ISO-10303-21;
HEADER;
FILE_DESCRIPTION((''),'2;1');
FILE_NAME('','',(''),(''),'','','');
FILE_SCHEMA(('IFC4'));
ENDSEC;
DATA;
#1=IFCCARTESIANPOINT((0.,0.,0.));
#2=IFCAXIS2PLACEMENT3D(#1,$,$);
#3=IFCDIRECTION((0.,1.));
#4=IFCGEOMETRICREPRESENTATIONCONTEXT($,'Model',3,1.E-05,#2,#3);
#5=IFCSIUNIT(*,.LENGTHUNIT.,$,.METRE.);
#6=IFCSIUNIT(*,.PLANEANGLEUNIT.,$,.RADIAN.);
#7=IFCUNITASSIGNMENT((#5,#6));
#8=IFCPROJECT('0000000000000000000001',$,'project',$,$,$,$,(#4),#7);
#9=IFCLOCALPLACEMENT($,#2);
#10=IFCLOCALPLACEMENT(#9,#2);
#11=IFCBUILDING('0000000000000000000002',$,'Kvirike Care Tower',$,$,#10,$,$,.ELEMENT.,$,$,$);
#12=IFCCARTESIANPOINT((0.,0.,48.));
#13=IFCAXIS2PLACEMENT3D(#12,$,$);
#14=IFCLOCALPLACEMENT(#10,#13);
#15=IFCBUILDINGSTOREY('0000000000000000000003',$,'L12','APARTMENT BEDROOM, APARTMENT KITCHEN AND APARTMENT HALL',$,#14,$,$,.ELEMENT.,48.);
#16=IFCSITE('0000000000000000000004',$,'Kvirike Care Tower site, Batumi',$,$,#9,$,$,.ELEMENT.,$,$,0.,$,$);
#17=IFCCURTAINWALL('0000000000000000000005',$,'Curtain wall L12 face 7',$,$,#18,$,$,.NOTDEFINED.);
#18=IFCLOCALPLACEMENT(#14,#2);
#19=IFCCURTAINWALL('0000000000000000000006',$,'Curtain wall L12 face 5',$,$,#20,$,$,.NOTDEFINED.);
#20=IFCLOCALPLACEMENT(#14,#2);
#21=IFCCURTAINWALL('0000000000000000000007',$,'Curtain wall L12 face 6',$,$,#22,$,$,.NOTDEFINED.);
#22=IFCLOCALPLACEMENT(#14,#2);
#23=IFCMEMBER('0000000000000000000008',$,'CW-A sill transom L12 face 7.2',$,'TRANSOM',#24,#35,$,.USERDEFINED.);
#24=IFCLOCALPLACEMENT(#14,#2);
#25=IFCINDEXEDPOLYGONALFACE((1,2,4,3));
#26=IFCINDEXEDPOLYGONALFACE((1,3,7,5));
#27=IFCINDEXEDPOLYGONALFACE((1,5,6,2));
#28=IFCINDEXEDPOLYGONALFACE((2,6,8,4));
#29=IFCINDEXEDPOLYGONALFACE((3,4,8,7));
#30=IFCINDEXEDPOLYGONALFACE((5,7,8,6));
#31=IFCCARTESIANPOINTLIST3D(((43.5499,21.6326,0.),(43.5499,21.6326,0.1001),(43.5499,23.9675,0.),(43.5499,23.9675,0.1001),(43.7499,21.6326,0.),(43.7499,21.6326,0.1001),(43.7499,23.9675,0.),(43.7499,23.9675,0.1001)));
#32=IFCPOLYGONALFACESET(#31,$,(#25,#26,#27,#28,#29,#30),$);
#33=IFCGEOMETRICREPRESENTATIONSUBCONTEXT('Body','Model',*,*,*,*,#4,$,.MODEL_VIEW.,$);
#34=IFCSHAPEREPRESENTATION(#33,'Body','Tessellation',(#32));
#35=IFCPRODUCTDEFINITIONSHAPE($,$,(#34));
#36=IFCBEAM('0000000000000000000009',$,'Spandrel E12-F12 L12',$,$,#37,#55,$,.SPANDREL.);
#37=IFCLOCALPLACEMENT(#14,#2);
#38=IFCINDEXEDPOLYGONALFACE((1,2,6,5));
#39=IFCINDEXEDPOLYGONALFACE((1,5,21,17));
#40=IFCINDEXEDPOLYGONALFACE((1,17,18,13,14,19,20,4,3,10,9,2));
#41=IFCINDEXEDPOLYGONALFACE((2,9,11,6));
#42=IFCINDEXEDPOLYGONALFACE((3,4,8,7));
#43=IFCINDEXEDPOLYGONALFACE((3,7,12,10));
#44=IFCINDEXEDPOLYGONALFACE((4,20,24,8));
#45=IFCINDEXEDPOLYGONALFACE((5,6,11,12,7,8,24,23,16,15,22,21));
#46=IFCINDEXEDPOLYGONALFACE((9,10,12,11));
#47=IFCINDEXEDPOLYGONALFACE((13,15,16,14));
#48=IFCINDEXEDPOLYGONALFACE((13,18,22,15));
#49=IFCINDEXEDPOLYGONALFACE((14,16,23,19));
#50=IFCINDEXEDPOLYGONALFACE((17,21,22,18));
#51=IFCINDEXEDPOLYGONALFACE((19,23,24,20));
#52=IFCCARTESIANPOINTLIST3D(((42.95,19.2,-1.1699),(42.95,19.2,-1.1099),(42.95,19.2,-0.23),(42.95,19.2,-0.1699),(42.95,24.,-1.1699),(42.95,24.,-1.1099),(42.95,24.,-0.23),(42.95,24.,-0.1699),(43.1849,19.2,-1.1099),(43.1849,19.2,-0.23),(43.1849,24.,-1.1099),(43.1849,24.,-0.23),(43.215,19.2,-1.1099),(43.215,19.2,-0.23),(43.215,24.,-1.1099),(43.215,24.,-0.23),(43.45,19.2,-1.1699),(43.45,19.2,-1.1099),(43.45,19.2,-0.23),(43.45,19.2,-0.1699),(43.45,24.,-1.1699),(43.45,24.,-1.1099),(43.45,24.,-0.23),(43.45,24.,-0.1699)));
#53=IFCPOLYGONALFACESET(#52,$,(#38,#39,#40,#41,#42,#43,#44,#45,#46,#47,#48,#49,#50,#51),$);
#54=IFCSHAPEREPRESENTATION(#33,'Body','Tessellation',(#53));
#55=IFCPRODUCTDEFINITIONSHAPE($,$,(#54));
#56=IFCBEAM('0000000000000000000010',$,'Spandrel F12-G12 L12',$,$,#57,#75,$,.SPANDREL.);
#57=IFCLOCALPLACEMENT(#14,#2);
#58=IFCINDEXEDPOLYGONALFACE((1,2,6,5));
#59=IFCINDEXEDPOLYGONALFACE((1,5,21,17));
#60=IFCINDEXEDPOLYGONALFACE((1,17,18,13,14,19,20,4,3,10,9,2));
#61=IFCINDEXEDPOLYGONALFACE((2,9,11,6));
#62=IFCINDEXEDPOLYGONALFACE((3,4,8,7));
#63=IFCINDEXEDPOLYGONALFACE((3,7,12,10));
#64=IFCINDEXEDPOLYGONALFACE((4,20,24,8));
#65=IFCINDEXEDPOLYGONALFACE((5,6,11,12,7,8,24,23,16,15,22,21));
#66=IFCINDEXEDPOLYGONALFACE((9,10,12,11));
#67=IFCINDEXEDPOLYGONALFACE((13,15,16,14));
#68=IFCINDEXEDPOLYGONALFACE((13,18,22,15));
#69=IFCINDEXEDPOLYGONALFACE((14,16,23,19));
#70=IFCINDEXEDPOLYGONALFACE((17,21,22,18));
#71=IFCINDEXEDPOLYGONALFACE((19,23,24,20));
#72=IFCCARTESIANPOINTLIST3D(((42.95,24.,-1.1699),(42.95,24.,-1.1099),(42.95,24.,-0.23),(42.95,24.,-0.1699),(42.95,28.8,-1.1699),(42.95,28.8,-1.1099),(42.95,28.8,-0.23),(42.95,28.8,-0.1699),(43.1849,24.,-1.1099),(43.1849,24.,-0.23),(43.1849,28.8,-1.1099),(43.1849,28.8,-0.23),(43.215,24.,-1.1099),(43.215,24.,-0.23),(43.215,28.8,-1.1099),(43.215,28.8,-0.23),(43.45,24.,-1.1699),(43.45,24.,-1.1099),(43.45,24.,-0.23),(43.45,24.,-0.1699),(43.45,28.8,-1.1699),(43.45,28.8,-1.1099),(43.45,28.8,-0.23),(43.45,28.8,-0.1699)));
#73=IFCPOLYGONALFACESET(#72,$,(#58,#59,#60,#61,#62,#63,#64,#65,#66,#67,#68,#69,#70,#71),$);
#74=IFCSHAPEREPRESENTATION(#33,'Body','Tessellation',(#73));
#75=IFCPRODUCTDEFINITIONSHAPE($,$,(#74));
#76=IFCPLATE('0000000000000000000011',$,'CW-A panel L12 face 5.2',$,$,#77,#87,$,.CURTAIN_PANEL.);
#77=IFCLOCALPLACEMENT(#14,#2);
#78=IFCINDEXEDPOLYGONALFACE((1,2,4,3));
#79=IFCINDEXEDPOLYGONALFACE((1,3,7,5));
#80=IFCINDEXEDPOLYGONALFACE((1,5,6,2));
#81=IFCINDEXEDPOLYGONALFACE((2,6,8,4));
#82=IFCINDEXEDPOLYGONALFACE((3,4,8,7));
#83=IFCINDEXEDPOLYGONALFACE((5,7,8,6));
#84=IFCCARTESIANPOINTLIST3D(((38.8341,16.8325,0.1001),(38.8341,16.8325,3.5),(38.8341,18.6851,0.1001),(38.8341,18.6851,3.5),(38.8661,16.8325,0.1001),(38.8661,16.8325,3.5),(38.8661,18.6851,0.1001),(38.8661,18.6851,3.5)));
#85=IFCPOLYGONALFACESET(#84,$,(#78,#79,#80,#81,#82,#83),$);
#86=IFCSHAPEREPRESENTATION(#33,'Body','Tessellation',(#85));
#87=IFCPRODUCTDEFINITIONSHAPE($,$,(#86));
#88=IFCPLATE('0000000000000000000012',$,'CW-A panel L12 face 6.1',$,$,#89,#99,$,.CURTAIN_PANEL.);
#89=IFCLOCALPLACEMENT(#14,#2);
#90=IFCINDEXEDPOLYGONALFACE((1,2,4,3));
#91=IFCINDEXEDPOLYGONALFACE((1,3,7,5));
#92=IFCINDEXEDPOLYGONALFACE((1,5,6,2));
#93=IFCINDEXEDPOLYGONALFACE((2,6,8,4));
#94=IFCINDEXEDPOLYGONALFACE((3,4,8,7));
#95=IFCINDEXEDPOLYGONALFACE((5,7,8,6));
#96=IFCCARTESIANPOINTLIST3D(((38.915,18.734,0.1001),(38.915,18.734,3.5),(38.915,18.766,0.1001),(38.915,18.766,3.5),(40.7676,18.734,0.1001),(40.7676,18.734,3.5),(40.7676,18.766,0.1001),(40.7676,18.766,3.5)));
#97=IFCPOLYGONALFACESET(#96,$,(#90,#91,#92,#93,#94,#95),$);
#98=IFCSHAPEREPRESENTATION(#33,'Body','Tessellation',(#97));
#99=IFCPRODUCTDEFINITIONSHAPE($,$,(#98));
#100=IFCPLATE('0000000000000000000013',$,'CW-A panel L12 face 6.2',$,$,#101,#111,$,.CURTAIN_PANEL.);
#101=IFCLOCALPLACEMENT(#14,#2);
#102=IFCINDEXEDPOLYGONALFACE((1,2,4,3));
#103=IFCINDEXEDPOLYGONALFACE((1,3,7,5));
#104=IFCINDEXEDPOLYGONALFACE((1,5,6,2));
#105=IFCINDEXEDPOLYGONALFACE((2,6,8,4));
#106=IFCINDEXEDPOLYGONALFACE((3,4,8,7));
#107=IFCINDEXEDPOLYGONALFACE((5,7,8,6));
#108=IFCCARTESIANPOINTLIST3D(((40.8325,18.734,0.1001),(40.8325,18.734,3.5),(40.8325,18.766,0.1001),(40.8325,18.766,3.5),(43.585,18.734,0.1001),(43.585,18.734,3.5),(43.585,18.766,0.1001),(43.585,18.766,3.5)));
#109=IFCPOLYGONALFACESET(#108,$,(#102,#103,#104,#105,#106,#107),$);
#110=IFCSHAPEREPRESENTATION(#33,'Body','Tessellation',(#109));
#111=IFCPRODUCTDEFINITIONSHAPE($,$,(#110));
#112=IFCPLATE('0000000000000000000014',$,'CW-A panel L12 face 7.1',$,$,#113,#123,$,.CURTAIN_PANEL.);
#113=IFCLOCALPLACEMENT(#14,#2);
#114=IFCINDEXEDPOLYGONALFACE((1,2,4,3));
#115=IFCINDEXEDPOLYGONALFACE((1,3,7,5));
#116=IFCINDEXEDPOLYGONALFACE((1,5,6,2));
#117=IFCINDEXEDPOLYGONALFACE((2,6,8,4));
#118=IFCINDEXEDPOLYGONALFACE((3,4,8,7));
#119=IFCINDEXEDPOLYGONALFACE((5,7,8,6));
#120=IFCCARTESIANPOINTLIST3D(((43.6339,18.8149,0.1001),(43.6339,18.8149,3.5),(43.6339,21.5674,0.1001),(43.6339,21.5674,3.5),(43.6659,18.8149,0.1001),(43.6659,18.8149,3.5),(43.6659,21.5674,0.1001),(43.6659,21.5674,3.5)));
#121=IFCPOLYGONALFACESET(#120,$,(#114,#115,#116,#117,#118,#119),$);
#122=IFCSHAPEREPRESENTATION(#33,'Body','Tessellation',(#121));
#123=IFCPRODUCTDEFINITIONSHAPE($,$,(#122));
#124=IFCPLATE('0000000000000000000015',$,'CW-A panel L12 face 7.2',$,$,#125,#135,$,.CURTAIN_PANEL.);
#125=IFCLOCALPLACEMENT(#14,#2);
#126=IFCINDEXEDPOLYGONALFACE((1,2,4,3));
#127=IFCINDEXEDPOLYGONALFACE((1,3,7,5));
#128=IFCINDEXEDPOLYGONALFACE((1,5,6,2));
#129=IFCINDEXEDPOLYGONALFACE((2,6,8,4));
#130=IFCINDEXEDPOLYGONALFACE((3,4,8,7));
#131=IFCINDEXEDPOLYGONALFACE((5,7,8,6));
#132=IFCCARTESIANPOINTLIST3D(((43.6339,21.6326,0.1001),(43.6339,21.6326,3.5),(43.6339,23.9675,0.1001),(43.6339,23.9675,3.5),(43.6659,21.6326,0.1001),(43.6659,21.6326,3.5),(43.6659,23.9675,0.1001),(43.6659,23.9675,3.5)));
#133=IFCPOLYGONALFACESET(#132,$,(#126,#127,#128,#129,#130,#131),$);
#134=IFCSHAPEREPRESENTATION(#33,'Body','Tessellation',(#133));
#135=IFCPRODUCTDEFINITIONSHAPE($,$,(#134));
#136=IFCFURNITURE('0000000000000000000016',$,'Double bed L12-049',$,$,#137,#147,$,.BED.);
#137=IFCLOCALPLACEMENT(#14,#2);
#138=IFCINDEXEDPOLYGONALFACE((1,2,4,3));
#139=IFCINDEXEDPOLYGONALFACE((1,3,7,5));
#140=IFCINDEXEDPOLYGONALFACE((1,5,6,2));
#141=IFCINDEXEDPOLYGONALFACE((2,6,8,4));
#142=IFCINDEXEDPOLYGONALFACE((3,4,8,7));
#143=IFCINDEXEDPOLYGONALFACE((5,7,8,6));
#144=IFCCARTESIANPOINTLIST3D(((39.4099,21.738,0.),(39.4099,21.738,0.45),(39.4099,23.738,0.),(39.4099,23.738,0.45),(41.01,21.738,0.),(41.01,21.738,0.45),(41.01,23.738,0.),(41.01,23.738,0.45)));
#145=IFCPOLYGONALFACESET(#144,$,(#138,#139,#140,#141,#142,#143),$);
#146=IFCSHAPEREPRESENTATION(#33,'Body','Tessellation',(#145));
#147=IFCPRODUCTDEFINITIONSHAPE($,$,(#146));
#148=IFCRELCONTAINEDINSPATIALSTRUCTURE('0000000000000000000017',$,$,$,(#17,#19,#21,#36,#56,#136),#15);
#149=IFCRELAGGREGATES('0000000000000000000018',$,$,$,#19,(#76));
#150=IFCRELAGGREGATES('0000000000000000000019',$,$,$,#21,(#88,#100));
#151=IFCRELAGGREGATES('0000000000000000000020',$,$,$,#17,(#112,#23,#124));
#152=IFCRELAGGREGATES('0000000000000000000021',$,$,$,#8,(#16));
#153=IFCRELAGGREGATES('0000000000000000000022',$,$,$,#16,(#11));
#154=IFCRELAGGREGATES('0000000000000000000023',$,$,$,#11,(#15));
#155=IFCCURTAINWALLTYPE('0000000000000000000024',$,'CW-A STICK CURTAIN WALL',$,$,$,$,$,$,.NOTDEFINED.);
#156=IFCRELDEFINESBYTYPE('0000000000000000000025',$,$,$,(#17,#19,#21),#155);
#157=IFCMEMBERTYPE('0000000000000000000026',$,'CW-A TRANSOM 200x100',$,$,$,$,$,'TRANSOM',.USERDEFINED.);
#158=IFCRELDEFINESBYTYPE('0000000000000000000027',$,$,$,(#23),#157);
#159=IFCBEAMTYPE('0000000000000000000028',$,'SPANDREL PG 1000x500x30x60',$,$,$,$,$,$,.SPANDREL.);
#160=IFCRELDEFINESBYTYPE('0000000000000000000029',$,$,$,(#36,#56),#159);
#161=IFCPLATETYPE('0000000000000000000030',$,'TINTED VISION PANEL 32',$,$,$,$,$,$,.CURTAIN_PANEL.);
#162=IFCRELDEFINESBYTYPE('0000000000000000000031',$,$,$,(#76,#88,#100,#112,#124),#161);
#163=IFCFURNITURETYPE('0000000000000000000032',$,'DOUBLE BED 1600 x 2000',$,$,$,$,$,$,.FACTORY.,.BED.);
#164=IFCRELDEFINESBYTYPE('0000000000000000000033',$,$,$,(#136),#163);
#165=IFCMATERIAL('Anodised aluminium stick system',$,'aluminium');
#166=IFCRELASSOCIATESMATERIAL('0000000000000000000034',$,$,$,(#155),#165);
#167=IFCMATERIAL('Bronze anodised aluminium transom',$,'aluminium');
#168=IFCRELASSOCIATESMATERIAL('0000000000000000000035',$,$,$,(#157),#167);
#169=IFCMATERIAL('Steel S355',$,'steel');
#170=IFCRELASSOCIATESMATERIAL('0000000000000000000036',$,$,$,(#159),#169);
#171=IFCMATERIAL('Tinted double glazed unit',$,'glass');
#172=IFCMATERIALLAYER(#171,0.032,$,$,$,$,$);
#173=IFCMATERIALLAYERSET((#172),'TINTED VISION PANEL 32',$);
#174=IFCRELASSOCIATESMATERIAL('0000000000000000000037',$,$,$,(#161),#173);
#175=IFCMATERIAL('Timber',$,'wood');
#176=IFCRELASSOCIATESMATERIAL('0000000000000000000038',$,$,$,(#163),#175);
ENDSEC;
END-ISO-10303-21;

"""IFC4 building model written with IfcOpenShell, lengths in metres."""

from ifc_helpers import new_model, si_unit, direction, frame, origin, origin_2d, place, context, subcontext, project, spatial, rectangle, i_section, extrude, material, layer, layer_set, material_profile, profile_set, type_object, element, aggregate, save


model = new_model("IFC4")

# Units and contexts
model_context = context("Model", 3, precision=1e-05, world=origin(), true_north=direction((0.0, 1.0)))
body_context = subcontext(model_context, "Body", "Model", "MODEL_VIEW")
ifc_project = project(units=[si_unit("LENGTHUNIT", "METRE"), si_unit("PLANEANGLEUNIT", "RADIAN")], contexts=[model_context])

# Site, building, storey
site_placement = place(None, origin())
site = spatial("IfcSite", under=ifc_project, at=site_placement, Name="Kvirike Care Tower site, Batumi", CompositionType="ELEMENT", RefElevation=0.0)
building_placement = place(site_placement, origin())
building = spatial("IfcBuilding", under=site, at=building_placement, Name="Kvirike Care Tower", CompositionType="ELEMENT")
storey_placement = place(building_placement, frame((0.0, 0.0, 48.0)))
storey = spatial("IfcBuildingStorey", under=building, at=storey_placement, Name="L12", Description="APARTMENT BEDROOM, APARTMENT KITCHEN AND APARTMENT HALL", CompositionType="ELEMENT", Elevation=48.0)

# Curtain walls
ifc_material_1 = material(Name="Anodised aluminium stick system", Category="aluminium")
curtain_wall_type = type_object("IfcCurtainWallType", Name="CW-A STICK CURTAIN WALL", PredefinedType="NOTDEFINED", material=ifc_material_1)
curtain_wall_1_placement = place(storey_placement, origin())
curtain_wall_1 = element("IfcCurtainWall", 1, at=curtain_wall_1_placement, inside=storey, type_object=curtain_wall_type, Name="Curtain wall L12 face 7", PredefinedType="NOTDEFINED")
curtain_wall_2_placement = place(storey_placement, origin())
curtain_wall_2 = element("IfcCurtainWall", 2, at=curtain_wall_2_placement, inside=storey, type_object=curtain_wall_type, Name="Curtain wall L12 face 5", PredefinedType="NOTDEFINED")

# Curtain wall
curtain_wall_3_placement = place(storey_placement, origin())
curtain_wall_3 = element("IfcCurtainWall", 3, at=curtain_wall_3_placement, inside=storey, type_object=curtain_wall_type, Name="Curtain wall L12 face 6", PredefinedType="NOTDEFINED")

# Member
ifc_material_2 = material(Name="Bronze anodised aluminium transom", Category="aluminium")
ifc_material_profile_1 = material_profile(ifc_material_2, rectangle(XDim=0.2, YDim=0.1001, at=origin_2d()), Name="CW-A TRANSOM 200x100")
ifc_profile_set_1 = profile_set([ifc_material_profile_1], Name="Bronze anodised aluminium transom")
member_type_1 = type_object("IfcMemberType", Name="CW-A TRANSOM 200x100", ElementType="TRANSOM", PredefinedType="USERDEFINED", material=ifc_profile_set_1)
member_1_placement = place(storey_placement, frame((43.6499, 21.6326, 0.05), z_axis=(0.0, 1.0, 0.0), x_axis=(-1.0, 0.0, 0.0)))
member_1 = element("IfcMember", 4, at=member_1_placement, type_object=member_type_1, Name="CW-A sill transom L12 face 7.2", ObjectType="TRANSOM", PredefinedType="USERDEFINED", context=body_context, shape_type="SweptSolid", body=[
    extrude(rectangle(XDim=0.2, YDim=0.1001, at=origin_2d()), origin(), (0.0, 0.0, 1.0), 2.335),
])

# Beams
ifc_material_3 = material(Name="Steel S355", Category="steel")
ifc_material_profile_2 = material_profile(ifc_material_3, i_section(OverallWidth=0.5, OverallDepth=1.0, WebThickness=0.03, FlangeThickness=0.0601, at=origin_2d()), Name="PG 1000x500x30x60")
ifc_profile_set_2 = profile_set([ifc_material_profile_2], Name="Steel S355")
beam_type = type_object("IfcBeamType", Name="SPANDREL PG 1000x500x30x60", PredefinedType="SPANDREL", material=ifc_profile_set_2)
for number, where, z_axis, x_axis, name in (
    (5, (43.2, 19.2, -0.6699), (0.0, 1.0, 0.0), (-1.0, 0.0, 0.0), "Spandrel E12-F12 L12"),
    (6, (43.2, 24.0, -0.6699), (0.0, 1.0, 0.0), (-1.0, 0.0, 0.0), "Spandrel F12-G12 L12"),
):
    element("IfcBeam", number, at=place(storey_placement, frame(where, z_axis=z_axis, x_axis=x_axis)), inside=storey, type_object=beam_type, Name=name, PredefinedType="SPANDREL", context=body_context, shape_type="SweptSolid", body=[
        extrude(i_section(OverallWidth=0.5, OverallDepth=1.0, WebThickness=0.03, FlangeThickness=0.0601, at=origin_2d()), origin(), (0.0, 0.0, 1.0), 4.8),
    ])

# Plates
ifc_material_4 = material(Name="Tinted double glazed unit", Category="glass")
ifc_layer = layer(ifc_material_4, 0.032)
ifc_layer_set = layer_set([ifc_layer], Name="TINTED VISION PANEL 32")
plate_type = type_object("IfcPlateType", Name="TINTED VISION PANEL 32", PredefinedType="CURTAIN_PANEL", material=ifc_layer_set)
plate_1_placement = place(storey_placement, frame((38.8501, 17.7588, 0.1001), z_axis=(0.0, 0.0, 1.0), x_axis=(0.0, 1.0, 0.0)))
plate_1 = element("IfcPlate", 7, at=plate_1_placement, type_object=plate_type, Name="CW-A panel L12 face 5.2", PredefinedType="CURTAIN_PANEL", context=body_context, shape_type="SweptSolid", body=[
    extrude(rectangle(XDim=1.8525, YDim=0.032, at=origin_2d()), origin(), (0.0, 0.0, 1.0), 3.3999),
])
aggregate(curtain_wall_2, [plate_1])
plate_2_placement = place(storey_placement, frame((39.8413, 18.75, 0.1001), z_axis=(0.0, 0.0, 1.0), x_axis=(1.0, 0.0, 0.0)))
plate_2 = element("IfcPlate", 8, at=plate_2_placement, type_object=plate_type, Name="CW-A panel L12 face 6.1", PredefinedType="CURTAIN_PANEL", context=body_context, shape_type="SweptSolid", body=[
    extrude(rectangle(XDim=1.8525, YDim=0.032, at=origin_2d()), origin(), (0.0, 0.0, 1.0), 3.3999),
])
plate_3_placement = place(storey_placement, frame((42.2087, 18.75, 0.1001), z_axis=(0.0, 0.0, 1.0), x_axis=(1.0, 0.0, 0.0)))
plate_3 = element("IfcPlate", 9, at=plate_3_placement, type_object=plate_type, Name="CW-A panel L12 face 6.2", PredefinedType="CURTAIN_PANEL", context=body_context, shape_type="SweptSolid", body=[
    extrude(rectangle(XDim=2.7524, YDim=0.032, at=origin_2d()), origin(), (0.0, 0.0, 1.0), 3.3999),
])
aggregate(curtain_wall_3, [plate_2, plate_3])
plate_4_placement = place(storey_placement, frame((43.6499, 20.1912, 0.1001), z_axis=(0.0, 0.0, 1.0), x_axis=(0.0, 1.0, 0.0)))
plate_4 = element("IfcPlate", 10, at=plate_4_placement, type_object=plate_type, Name="CW-A panel L12 face 7.1", PredefinedType="CURTAIN_PANEL", context=body_context, shape_type="SweptSolid", body=[
    extrude(rectangle(XDim=2.7524, YDim=0.032, at=origin_2d()), origin(), (0.0, 0.0, 1.0), 3.3999),
])
plate_5_placement = place(storey_placement, frame((43.6499, 22.8, 0.1001), z_axis=(0.0, 0.0, 1.0), x_axis=(0.0, 1.0, 0.0)))
plate_5 = element("IfcPlate", 11, at=plate_5_placement, type_object=plate_type, Name="CW-A panel L12 face 7.2", PredefinedType="CURTAIN_PANEL", context=body_context, shape_type="SweptSolid", body=[
    extrude(rectangle(XDim=2.335, YDim=0.032, at=origin_2d()), origin(), (0.0, 0.0, 1.0), 3.3999),
])
aggregate(curtain_wall_1, [plate_4, member_1, plate_5])

# Furniture
ifc_material_5 = material(Name="Timber", Category="wood")
furniture_type = type_object("IfcFurnitureType", Name="DOUBLE BED 1600 x 2000", AssemblyPlace="FACTORY", PredefinedType="BED", material=ifc_material_5)
furniture_placement = place(storey_placement, frame((40.21, 22.738, 0.0), z_axis=(0.0, 0.0, 1.0), x_axis=(1.0, 0.0, 0.0)))
element("IfcFurniture", 12, at=furniture_placement, inside=storey, type_object=furniture_type, Name="Double bed L12-049", PredefinedType="BED", context=body_context, shape_type="SweptSolid", body=[
    extrude(rectangle(XDim=1.6001, YDim=2.0, at=origin_2d()), origin(), (0.0, 0.0, 1.0), 0.45),
])

save(model, "model.ifc")
